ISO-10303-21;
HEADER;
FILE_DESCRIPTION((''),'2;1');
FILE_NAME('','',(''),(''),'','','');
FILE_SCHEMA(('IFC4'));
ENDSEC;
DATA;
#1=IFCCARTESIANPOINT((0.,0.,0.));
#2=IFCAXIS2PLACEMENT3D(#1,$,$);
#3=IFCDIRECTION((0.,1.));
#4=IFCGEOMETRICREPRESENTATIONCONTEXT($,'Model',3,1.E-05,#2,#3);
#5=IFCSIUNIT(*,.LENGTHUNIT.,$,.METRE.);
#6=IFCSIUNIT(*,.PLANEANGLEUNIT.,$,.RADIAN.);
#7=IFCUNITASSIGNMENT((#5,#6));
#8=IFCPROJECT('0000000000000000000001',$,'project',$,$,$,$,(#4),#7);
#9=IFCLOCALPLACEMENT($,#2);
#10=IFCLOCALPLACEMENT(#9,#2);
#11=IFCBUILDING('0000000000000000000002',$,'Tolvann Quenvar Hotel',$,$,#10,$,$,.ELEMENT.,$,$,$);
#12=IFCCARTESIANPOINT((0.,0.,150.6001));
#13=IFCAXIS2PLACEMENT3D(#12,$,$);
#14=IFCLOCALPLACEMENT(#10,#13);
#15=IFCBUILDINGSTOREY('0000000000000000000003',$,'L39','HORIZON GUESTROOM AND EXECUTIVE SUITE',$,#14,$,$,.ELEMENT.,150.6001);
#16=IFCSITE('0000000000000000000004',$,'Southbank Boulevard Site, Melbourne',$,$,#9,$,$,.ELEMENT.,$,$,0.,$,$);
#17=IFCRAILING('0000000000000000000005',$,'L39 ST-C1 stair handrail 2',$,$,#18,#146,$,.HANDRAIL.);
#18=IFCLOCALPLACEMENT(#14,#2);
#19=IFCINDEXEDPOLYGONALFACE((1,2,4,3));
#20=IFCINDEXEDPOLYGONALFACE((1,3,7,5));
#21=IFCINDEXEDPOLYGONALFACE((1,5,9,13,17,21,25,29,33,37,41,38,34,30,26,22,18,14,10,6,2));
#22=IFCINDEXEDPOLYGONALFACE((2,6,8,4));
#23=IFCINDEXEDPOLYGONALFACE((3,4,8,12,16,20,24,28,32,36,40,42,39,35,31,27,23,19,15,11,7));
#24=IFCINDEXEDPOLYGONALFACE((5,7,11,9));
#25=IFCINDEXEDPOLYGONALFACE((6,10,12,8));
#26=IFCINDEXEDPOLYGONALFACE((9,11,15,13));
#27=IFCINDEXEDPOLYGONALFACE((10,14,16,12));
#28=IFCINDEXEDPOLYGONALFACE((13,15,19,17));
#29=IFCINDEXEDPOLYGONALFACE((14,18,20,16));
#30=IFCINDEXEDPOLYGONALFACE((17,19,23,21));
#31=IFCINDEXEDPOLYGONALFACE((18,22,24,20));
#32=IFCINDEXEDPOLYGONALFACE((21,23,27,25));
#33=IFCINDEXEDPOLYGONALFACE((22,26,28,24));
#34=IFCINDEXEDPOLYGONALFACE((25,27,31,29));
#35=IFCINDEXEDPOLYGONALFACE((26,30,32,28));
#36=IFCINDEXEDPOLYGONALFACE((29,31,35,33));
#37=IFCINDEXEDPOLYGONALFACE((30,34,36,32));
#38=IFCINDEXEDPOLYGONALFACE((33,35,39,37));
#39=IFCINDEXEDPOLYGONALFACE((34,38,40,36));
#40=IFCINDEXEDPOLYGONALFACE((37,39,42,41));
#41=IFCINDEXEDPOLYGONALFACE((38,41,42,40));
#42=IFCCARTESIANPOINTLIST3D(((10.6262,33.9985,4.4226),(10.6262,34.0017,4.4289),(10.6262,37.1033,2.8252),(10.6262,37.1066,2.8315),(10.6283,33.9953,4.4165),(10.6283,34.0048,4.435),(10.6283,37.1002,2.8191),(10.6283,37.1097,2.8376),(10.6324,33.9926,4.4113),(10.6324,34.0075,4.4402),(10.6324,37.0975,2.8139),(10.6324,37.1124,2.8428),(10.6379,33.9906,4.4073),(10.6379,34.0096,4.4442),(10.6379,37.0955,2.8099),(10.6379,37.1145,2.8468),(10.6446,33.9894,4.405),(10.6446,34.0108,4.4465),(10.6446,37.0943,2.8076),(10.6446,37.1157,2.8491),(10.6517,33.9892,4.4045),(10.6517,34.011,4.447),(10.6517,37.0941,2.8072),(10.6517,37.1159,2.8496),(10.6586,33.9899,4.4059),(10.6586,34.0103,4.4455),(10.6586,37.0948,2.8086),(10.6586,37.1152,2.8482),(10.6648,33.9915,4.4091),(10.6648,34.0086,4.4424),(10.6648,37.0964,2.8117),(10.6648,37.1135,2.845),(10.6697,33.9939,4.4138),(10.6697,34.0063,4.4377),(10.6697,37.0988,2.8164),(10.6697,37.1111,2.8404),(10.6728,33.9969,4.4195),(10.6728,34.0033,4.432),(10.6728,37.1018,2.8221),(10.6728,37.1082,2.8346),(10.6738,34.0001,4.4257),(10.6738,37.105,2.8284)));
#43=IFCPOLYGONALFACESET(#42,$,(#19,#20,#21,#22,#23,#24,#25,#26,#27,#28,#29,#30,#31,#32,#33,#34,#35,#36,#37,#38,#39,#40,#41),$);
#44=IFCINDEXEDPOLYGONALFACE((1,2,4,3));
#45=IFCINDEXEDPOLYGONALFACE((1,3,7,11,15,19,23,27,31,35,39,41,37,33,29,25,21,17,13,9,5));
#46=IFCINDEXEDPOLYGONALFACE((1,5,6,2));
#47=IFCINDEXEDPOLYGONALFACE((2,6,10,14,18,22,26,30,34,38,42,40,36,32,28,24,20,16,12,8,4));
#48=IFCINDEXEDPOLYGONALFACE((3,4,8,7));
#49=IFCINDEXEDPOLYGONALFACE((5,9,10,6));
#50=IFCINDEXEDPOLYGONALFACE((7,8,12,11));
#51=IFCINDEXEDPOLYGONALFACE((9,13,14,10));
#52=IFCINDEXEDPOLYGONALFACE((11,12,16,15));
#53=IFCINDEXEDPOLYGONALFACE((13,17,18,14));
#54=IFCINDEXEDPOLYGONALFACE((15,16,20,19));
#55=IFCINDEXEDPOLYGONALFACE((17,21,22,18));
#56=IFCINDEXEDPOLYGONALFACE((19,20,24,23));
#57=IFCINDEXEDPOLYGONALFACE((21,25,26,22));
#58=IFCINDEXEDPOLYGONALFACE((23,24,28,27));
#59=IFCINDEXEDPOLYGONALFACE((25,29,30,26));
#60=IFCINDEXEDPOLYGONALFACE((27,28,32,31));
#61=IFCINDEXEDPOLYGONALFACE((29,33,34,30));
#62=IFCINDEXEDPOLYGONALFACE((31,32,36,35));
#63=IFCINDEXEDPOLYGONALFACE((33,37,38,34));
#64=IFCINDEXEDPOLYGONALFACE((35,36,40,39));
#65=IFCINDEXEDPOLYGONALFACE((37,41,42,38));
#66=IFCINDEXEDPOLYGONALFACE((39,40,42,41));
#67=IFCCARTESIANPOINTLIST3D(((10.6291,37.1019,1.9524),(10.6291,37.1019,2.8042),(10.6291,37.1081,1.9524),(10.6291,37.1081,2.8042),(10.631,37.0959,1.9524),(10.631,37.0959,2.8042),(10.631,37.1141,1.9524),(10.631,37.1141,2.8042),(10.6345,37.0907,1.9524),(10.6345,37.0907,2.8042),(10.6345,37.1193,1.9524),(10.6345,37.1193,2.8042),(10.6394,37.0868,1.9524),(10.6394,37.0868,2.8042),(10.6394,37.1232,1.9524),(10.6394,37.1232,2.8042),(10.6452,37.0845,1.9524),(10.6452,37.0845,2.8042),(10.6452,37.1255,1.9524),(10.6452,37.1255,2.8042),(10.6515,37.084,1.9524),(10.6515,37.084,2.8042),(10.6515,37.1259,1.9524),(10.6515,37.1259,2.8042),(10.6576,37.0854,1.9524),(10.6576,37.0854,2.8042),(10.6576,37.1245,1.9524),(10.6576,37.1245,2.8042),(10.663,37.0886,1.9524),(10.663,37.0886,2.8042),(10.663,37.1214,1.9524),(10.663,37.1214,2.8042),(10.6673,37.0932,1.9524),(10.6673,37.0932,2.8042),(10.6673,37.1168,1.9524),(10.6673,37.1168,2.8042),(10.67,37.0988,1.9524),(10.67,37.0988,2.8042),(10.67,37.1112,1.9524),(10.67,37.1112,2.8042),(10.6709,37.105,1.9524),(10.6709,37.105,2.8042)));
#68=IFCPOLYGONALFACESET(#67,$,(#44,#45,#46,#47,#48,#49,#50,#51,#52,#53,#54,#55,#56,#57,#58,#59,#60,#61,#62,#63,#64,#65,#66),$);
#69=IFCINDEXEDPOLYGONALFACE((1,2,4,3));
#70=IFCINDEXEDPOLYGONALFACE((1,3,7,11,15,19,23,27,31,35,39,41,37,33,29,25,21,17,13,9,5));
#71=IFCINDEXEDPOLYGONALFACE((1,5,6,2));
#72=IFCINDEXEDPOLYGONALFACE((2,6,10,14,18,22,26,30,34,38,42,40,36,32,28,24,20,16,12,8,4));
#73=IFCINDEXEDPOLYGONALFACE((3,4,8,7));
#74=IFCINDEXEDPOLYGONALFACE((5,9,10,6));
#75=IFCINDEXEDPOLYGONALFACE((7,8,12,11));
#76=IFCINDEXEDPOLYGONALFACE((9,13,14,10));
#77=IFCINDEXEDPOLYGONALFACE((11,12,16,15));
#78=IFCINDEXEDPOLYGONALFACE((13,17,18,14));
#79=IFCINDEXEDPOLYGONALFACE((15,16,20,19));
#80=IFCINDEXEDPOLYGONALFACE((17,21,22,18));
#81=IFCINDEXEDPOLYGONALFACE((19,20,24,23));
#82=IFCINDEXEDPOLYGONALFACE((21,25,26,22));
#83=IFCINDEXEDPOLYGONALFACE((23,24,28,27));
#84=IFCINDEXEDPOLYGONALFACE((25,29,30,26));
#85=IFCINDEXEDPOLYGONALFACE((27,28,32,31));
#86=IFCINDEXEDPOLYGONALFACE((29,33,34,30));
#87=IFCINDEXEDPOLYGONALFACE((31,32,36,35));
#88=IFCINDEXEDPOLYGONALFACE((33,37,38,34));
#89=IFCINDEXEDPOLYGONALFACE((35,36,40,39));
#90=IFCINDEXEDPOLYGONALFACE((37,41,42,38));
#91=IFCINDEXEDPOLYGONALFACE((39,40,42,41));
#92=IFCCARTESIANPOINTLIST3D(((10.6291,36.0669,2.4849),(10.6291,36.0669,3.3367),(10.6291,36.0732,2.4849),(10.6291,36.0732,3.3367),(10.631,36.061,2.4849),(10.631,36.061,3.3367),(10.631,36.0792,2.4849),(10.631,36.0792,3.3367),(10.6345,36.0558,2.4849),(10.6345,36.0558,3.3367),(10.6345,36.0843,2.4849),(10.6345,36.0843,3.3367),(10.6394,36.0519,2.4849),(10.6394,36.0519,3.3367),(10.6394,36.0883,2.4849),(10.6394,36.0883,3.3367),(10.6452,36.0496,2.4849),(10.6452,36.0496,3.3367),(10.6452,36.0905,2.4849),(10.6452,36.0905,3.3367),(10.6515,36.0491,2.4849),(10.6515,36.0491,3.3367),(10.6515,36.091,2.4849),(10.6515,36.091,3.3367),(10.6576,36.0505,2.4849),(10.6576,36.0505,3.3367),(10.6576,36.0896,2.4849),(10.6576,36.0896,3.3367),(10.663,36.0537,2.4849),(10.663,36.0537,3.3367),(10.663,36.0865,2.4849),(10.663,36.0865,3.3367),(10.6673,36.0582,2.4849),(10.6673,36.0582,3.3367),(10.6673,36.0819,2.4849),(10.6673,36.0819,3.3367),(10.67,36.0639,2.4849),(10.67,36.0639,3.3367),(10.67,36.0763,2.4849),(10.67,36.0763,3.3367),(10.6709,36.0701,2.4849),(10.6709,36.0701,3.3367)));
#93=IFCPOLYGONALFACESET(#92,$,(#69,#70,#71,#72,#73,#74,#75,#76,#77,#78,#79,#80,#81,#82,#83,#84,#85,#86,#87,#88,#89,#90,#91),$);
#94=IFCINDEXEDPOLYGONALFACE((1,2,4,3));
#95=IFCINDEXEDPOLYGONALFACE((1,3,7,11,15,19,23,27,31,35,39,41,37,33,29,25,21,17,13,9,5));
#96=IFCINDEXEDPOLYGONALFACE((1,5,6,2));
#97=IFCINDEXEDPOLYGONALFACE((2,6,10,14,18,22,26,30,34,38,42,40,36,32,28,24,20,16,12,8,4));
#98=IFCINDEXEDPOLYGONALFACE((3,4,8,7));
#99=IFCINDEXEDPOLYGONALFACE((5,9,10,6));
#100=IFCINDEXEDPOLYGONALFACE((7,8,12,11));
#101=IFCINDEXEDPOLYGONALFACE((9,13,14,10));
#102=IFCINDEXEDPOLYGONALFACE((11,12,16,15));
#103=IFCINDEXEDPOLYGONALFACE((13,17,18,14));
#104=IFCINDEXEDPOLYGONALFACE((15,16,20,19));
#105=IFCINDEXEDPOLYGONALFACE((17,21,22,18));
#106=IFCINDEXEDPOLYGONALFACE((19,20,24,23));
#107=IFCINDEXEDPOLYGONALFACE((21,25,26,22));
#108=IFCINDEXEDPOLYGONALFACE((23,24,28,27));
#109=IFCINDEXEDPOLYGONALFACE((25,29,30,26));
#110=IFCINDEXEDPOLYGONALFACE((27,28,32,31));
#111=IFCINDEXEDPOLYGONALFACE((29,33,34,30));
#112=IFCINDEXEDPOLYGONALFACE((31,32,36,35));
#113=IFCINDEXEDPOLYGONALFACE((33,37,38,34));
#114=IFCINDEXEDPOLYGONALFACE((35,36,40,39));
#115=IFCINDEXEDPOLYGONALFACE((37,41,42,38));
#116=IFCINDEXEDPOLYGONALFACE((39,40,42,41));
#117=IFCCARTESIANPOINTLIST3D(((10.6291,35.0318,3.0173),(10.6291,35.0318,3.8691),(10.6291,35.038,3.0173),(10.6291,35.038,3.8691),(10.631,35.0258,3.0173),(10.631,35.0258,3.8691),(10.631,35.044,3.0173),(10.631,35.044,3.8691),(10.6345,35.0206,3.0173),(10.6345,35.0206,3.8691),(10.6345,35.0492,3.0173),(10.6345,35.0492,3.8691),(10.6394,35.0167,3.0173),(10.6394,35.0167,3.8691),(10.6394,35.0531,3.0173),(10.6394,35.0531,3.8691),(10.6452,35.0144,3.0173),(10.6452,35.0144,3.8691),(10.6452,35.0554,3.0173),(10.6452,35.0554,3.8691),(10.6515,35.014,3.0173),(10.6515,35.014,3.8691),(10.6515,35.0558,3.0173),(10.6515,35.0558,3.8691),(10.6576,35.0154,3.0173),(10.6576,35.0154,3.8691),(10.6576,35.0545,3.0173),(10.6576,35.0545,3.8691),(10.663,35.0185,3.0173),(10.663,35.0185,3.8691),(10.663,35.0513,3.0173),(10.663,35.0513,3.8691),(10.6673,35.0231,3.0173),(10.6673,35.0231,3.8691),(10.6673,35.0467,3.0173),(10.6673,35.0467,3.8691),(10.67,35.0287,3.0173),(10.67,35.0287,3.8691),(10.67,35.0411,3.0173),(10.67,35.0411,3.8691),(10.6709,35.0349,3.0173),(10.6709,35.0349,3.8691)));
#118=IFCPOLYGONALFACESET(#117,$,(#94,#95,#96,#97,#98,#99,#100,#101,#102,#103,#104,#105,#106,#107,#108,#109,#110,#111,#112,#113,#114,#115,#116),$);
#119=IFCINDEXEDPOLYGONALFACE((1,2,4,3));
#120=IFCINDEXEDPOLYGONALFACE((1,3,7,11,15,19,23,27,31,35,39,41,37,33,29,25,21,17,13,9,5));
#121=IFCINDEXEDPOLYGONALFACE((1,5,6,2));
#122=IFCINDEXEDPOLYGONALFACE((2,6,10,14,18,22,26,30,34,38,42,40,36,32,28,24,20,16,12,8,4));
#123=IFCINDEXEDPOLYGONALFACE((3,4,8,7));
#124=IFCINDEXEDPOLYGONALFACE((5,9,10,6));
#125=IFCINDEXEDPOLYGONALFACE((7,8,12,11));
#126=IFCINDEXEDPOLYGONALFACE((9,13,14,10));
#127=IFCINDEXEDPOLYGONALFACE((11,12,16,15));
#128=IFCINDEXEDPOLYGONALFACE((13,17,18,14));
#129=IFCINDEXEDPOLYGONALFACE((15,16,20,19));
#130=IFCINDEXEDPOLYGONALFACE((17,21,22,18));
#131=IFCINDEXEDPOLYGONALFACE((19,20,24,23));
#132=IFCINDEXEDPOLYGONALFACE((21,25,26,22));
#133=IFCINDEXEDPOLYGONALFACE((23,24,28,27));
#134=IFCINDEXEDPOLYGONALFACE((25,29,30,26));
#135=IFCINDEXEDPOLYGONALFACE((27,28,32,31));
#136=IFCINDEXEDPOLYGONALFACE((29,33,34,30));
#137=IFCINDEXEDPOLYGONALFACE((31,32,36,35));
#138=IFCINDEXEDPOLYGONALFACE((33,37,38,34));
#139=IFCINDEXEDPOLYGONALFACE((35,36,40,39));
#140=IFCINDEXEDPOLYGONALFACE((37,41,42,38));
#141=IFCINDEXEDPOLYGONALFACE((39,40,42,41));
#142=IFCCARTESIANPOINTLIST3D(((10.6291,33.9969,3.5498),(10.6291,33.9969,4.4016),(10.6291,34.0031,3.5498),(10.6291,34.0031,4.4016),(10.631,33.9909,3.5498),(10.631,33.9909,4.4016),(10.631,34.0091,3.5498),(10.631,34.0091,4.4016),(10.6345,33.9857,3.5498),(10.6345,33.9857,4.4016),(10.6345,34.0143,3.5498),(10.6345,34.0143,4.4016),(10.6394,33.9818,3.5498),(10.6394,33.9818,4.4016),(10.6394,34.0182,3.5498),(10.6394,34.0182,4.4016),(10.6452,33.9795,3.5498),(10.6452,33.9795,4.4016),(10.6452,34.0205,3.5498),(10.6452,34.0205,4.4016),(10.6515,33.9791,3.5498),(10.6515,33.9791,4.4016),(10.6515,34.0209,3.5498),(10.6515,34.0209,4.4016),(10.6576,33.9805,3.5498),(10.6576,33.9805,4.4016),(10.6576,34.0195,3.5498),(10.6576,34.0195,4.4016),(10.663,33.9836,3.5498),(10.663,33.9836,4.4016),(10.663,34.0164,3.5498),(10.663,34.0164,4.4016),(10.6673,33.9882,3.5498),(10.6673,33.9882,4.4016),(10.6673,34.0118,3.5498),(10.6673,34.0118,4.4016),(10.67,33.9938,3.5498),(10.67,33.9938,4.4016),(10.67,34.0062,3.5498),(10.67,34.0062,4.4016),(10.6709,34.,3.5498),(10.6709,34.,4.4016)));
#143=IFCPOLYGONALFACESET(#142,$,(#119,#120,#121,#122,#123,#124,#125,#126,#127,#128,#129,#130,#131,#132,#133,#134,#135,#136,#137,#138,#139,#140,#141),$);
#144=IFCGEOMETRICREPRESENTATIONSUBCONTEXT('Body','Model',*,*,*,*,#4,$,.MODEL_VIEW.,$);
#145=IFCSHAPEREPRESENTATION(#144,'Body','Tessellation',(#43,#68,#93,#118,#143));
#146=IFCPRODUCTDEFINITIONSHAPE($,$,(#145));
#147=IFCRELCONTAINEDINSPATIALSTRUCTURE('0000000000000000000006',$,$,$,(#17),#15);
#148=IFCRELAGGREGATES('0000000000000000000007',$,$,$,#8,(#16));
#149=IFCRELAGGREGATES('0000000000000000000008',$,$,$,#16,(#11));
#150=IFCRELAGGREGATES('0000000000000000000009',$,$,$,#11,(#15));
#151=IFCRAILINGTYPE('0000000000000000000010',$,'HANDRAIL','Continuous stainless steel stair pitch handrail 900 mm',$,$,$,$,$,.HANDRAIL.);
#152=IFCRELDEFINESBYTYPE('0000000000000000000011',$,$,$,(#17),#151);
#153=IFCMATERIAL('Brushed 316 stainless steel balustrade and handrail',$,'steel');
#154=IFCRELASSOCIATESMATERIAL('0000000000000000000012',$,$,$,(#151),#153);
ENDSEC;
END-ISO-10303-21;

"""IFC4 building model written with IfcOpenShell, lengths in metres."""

from ifc_helpers import new_model, si_unit, direction, frame, origin, origin_2d, place, context, subcontext, project, spatial, circle, extrude, material, type_object, element, save


model = new_model("IFC4")

# Units and contexts
model_context = context("Model", 3, precision=1e-05, world=origin(), true_north=direction((0.0, 1.0)))
body_context = subcontext(model_context, "Body", "Model", "MODEL_VIEW")
ifc_project = project(units=[si_unit("LENGTHUNIT", "METRE"), si_unit("PLANEANGLEUNIT", "RADIAN")], contexts=[model_context])

# Site, building, storey
site_placement = place(None, origin())
site = spatial("IfcSite", under=ifc_project, at=site_placement, Name="Southbank Boulevard Site, Melbourne", CompositionType="ELEMENT", RefElevation=0.0)
building_placement = place(site_placement, origin())
building = spatial("IfcBuilding", under=site, at=building_placement, Name="Tolvann Quenvar Hotel", CompositionType="ELEMENT")
storey_placement = place(building_placement, frame((0.0, 0.0, 150.6001)))
storey = spatial("IfcBuildingStorey", under=building, at=storey_placement, Name="L39", Description="HORIZON GUESTROOM AND EXECUTIVE SUITE", CompositionType="ELEMENT", Elevation=150.6001)

# Railing
ifc_material_1 = material(Name="Brushed 316 stainless steel balustrade and handrail", Category="steel")
railing_type_1 = type_object("IfcRailingType", Name="HANDRAIL", Description="Continuous stainless steel stair pitch handrail 900 mm", PredefinedType="HANDRAIL", material=ifc_material_1)
railing_1_placement = place(storey_placement, frame((10.6499, 37.105, 1.9524)))
element("IfcRailing", 1, at=railing_1_placement, inside=storey, type_object=railing_type_1, Name="L39 ST-C1 stair handrail 2", PredefinedType="HANDRAIL", context=body_context, shape_type="SweptSolid", body=[
    extrude(circle(Radius=0.0239, at=origin_2d()), frame((0.0, 0.0, 0.876), z_axis=(0.0, -0.889222, 0.457476), x_axis=(1.0, 0.0, 0.0)), (0.0, 0.0, 1.0), 3.4917),
    extrude(circle(Radius=0.021, at=origin_2d()), origin(), (0.0, 0.0, 1.0), 0.8518),
    extrude(circle(Radius=0.021, at=origin_2d()), frame((0.0, -1.0349, 0.5325)), (0.0, 0.0, 1.0), 0.8518),
    extrude(circle(Radius=0.021, at=origin_2d()), frame((0.0, -2.0701, 1.0649)), (0.0, 0.0, 1.0), 0.8518),
    extrude(circle(Radius=0.021, at=origin_2d()), frame((0.0, -3.105, 1.5974)), (0.0, 0.0, 1.0), 0.8518),
])

save(model, "model.ifc")
